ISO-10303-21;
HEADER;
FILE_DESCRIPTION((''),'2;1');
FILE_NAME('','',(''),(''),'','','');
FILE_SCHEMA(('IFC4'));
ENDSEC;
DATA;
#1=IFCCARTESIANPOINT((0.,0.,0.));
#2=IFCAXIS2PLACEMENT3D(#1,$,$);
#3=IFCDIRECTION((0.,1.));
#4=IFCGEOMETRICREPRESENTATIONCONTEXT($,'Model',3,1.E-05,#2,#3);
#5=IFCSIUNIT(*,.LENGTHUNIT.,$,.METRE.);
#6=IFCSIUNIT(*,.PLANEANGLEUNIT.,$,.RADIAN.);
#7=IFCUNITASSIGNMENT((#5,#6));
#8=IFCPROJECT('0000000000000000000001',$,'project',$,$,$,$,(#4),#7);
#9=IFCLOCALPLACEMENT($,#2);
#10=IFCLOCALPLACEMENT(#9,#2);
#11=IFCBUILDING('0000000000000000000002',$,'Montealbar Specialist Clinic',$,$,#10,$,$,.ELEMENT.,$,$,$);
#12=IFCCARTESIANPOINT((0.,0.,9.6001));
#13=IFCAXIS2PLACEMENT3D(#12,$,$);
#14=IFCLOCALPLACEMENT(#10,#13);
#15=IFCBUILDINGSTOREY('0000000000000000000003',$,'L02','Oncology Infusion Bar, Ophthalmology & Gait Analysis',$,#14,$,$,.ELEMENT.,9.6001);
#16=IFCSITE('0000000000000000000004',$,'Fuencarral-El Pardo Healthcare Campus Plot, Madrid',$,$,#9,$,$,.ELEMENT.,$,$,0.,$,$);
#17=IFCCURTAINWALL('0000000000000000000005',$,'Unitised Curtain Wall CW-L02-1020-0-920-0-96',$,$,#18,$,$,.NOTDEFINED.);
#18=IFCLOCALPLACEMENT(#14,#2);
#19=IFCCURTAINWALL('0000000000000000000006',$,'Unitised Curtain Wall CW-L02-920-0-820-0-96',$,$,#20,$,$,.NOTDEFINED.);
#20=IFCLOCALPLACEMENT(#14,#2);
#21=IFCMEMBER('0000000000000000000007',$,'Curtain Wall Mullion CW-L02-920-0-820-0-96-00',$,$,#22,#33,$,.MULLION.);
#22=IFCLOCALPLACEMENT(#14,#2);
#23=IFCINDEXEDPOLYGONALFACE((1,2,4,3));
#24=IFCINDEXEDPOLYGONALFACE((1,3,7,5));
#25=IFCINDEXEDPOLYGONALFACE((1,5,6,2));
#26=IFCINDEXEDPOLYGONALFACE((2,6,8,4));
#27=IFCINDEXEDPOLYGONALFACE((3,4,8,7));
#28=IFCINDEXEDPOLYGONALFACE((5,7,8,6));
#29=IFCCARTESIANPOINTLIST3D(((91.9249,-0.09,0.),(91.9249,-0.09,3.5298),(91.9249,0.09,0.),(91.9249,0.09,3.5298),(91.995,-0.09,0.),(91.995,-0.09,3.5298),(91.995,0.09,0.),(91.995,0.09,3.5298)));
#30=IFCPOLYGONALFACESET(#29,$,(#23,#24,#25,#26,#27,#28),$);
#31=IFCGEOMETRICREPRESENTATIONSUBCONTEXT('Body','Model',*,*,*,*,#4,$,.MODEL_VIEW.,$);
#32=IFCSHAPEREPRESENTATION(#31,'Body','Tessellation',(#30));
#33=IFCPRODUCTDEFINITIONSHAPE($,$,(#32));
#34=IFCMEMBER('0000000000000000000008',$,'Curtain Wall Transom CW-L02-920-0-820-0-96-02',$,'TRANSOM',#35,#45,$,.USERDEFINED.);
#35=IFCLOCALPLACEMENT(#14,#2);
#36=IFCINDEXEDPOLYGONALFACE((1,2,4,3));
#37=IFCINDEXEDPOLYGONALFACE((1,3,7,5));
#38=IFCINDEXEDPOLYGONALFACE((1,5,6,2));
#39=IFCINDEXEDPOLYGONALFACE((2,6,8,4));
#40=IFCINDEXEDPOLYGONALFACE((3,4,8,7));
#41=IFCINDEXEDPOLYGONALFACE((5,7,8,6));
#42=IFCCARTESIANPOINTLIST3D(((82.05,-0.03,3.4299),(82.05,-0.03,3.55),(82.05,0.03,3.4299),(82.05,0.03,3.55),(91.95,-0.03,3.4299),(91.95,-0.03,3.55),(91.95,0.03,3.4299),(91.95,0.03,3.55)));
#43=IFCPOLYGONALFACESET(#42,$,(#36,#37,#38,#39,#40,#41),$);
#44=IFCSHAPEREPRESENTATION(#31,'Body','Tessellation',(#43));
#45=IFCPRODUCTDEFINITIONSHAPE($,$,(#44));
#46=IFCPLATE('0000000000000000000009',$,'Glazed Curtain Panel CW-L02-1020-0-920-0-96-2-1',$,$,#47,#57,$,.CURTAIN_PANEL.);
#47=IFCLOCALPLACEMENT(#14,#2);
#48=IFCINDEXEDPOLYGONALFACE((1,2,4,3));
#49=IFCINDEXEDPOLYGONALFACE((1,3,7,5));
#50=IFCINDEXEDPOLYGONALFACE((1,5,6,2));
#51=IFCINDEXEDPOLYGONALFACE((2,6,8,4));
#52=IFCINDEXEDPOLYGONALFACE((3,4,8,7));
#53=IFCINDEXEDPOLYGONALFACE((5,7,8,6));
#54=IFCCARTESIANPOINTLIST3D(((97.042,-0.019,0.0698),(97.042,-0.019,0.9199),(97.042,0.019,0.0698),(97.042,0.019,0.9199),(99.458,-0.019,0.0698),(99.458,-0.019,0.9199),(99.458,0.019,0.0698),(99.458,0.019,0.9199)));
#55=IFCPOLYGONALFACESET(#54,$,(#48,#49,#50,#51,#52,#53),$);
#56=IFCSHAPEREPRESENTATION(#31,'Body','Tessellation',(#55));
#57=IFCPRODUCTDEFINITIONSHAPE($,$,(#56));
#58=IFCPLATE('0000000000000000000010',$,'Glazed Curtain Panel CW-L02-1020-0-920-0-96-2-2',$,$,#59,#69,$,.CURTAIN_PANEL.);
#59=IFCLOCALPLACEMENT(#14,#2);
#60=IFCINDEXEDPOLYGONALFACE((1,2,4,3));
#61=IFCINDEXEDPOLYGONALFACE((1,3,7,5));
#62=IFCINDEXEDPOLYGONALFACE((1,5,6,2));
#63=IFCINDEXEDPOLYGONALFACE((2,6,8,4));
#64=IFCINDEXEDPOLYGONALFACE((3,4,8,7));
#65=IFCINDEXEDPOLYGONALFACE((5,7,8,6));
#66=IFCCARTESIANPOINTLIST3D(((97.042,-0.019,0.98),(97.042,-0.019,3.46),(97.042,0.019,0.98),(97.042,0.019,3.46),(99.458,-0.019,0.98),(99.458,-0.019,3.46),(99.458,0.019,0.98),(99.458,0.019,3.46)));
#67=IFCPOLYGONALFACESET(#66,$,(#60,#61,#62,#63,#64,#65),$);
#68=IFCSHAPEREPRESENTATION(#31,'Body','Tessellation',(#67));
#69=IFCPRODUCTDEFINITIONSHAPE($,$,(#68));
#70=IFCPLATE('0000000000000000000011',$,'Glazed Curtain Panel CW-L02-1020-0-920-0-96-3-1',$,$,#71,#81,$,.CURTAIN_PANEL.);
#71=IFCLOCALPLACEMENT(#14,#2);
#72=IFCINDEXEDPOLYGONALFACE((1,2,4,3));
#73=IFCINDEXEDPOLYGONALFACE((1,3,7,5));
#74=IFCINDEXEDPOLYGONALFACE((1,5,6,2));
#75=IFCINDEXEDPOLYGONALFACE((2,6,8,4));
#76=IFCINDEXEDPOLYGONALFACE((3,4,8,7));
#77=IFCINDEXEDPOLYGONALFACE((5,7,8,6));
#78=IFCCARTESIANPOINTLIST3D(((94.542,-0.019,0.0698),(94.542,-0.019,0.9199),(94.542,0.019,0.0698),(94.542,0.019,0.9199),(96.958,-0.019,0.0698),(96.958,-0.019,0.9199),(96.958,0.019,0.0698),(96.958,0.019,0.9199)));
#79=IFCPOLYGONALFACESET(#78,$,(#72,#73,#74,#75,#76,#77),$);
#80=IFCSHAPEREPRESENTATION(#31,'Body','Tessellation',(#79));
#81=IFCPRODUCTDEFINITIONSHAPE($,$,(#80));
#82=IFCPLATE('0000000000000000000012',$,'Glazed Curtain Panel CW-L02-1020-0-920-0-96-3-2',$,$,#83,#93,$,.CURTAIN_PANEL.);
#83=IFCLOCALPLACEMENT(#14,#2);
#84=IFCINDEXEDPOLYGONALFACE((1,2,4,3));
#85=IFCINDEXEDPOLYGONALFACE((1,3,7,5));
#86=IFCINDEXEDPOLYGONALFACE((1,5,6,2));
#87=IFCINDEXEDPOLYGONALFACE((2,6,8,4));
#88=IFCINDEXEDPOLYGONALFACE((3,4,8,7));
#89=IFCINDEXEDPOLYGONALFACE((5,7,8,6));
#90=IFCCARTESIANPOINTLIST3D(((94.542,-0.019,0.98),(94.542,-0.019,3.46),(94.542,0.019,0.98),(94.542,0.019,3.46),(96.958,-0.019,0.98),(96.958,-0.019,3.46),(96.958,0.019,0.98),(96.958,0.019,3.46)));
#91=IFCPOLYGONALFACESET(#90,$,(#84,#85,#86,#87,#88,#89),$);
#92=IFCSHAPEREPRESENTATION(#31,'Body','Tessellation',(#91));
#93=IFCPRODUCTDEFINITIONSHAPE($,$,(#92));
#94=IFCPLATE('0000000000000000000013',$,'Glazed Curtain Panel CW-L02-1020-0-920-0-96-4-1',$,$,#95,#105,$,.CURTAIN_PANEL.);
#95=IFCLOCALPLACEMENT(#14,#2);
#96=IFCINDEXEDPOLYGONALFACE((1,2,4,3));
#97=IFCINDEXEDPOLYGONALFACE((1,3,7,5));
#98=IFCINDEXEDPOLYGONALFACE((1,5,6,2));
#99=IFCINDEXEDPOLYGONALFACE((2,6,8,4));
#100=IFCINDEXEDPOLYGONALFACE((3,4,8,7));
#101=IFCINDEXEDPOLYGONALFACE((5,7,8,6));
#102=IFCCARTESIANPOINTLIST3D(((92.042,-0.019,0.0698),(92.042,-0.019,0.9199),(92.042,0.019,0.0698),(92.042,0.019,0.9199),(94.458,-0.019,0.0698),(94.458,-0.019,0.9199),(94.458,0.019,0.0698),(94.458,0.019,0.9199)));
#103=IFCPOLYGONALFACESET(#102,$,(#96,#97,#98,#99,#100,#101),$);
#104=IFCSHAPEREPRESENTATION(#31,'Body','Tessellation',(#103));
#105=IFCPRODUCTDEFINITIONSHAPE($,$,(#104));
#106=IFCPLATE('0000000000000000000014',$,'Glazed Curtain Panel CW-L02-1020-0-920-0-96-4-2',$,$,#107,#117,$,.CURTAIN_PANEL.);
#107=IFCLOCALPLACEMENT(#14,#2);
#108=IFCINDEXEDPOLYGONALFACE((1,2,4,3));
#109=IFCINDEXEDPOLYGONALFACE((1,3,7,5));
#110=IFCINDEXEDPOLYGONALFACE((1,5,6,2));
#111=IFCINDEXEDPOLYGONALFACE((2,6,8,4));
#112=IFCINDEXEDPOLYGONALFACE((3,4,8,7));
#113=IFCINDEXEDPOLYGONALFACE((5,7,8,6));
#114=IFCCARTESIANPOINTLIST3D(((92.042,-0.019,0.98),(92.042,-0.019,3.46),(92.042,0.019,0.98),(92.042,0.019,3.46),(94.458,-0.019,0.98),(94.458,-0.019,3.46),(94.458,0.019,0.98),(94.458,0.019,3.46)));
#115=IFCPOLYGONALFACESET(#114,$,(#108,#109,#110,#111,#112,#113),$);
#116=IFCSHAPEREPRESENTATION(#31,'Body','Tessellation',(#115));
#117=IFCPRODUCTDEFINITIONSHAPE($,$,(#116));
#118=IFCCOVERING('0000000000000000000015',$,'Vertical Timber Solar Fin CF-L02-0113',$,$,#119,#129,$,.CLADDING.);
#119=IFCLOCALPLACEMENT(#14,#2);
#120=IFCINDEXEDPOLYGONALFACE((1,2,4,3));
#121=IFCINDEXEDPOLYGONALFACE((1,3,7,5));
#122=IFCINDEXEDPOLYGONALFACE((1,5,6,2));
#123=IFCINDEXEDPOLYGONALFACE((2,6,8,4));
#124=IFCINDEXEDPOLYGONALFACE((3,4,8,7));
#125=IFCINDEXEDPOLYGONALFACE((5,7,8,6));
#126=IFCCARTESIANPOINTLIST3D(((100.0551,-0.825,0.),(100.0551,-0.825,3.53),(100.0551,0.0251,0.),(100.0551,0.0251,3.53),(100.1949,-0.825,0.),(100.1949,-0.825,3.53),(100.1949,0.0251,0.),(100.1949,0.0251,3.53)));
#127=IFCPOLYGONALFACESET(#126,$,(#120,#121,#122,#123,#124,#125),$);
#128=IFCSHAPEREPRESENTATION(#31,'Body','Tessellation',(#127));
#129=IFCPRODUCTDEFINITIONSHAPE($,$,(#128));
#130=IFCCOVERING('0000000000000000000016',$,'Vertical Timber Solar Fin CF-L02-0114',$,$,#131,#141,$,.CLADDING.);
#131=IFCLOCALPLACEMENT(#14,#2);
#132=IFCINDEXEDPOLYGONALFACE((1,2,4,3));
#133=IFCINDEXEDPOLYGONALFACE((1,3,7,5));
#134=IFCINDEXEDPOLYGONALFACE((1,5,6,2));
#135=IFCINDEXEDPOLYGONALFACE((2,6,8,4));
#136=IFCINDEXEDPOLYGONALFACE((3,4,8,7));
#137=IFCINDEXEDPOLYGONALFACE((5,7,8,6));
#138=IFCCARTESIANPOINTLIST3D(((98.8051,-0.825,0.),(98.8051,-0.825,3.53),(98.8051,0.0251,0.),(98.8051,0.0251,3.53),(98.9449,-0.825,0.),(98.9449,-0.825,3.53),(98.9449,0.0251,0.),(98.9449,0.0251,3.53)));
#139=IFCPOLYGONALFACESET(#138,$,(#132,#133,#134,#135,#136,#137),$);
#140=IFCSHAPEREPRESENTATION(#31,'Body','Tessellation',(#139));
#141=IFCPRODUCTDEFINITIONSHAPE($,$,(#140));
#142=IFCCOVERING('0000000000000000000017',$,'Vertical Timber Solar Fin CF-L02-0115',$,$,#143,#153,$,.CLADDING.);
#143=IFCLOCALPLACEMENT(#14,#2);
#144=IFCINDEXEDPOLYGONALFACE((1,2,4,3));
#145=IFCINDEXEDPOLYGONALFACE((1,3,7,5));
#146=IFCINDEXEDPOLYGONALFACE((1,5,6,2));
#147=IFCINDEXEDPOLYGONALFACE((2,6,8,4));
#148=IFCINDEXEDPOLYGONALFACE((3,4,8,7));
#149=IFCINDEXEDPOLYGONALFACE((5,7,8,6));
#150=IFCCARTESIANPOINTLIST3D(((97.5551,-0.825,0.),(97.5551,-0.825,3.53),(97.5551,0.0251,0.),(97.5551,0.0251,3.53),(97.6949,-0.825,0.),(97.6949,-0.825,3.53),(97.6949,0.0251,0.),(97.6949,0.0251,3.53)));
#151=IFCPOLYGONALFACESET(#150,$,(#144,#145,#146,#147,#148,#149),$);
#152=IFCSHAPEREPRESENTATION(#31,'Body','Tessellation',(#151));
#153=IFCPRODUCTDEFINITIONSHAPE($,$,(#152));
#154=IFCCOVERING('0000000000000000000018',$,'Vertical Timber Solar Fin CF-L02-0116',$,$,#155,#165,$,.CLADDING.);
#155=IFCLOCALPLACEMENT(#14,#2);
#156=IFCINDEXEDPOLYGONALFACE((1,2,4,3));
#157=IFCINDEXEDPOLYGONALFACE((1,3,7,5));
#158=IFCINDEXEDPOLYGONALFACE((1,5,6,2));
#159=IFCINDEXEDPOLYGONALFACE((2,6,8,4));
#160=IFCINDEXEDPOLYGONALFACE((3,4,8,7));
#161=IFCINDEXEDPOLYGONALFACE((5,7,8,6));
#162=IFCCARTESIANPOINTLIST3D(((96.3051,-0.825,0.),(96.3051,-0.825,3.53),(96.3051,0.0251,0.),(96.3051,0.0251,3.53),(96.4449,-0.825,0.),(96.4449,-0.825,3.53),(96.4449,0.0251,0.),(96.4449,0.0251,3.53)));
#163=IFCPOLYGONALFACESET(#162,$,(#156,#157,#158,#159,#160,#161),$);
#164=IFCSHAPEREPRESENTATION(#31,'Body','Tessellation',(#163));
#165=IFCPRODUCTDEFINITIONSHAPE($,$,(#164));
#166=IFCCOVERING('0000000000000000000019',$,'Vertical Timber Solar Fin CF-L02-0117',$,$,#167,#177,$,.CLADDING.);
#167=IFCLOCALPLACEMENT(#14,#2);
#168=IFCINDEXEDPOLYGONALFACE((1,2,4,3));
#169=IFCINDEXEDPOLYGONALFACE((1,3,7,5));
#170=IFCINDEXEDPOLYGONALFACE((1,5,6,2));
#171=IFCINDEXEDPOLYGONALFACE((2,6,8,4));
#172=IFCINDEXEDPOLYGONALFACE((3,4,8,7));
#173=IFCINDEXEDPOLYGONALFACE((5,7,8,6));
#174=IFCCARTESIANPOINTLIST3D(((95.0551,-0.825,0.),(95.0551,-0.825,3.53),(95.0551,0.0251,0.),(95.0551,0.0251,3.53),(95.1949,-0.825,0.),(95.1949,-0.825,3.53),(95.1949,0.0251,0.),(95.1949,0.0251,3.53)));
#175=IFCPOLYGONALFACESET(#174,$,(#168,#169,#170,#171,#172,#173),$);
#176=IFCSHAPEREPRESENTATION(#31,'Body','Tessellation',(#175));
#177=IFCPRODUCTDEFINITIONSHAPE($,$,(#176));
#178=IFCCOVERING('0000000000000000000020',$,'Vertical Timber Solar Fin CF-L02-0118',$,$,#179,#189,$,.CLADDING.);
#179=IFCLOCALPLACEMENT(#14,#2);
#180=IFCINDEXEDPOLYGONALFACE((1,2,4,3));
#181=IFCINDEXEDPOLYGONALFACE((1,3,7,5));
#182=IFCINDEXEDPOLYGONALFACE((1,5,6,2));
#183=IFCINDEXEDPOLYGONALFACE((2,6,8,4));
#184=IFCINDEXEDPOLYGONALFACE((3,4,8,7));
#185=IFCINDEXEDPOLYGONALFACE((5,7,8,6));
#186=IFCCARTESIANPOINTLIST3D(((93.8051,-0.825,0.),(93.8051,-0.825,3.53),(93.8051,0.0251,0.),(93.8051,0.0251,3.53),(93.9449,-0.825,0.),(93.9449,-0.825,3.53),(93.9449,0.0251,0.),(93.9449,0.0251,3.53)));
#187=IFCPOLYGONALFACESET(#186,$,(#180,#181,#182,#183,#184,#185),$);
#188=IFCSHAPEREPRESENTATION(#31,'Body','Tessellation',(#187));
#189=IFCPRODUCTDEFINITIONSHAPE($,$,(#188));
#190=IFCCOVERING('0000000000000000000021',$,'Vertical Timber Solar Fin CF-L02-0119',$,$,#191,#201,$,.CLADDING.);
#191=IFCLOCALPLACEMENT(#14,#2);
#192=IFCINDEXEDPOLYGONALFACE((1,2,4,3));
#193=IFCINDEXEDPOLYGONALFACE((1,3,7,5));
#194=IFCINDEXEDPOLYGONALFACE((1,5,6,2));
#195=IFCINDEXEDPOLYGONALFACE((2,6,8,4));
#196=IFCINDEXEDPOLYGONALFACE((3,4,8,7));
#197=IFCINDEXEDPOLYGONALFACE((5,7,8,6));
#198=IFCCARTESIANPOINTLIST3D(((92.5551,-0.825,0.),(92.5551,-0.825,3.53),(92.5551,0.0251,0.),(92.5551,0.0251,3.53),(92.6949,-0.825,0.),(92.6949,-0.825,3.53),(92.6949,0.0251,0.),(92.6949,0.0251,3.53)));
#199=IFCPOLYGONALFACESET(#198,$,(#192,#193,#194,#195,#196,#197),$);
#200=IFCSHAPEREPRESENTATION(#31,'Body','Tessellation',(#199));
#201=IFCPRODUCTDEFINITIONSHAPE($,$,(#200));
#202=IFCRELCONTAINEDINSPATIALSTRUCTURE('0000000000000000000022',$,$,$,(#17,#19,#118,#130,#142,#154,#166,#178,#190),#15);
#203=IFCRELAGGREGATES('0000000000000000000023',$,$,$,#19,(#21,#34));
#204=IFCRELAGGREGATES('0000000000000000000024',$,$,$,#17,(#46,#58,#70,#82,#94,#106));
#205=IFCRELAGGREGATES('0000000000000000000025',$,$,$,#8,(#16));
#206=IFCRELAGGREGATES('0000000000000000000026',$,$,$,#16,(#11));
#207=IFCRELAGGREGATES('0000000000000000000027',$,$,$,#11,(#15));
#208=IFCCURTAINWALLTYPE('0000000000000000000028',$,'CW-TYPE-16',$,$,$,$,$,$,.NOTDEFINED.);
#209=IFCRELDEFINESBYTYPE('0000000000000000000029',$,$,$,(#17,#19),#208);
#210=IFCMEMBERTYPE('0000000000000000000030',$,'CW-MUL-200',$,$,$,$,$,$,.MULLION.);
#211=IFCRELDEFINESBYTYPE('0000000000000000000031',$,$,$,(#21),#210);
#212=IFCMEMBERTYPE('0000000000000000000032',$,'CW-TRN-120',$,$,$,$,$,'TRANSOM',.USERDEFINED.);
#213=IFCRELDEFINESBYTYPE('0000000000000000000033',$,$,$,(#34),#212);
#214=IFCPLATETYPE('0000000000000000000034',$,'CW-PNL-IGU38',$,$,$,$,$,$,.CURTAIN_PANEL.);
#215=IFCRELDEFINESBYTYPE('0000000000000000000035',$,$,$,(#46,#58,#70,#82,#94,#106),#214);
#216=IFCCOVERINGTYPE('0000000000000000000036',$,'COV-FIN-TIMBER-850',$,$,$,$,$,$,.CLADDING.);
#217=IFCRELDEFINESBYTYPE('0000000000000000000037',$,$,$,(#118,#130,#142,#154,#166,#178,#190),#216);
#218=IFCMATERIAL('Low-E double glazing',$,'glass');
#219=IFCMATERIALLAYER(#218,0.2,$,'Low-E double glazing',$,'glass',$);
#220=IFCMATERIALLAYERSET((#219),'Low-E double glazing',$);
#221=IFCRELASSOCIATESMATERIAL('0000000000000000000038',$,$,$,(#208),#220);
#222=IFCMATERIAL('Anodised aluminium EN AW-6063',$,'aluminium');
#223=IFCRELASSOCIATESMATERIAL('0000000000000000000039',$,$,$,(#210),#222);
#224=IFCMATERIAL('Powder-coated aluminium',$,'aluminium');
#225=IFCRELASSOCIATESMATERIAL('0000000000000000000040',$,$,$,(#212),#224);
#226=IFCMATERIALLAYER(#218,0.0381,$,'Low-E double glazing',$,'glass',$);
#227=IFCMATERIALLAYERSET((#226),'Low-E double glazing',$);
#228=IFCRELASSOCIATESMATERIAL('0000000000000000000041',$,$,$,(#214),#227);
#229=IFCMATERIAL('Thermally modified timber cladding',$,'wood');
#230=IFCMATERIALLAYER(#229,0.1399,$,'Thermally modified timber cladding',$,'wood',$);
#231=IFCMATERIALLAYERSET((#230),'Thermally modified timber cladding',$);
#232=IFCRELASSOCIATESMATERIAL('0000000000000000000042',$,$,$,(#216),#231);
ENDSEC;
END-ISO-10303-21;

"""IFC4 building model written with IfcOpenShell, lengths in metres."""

from ifc_helpers import new_model, si_unit, direction, frame, origin, origin_2d, place, context, subcontext, project, spatial, rectangle, extrude, material, layer, layer_set, material_profile, profile_set, type_object, element, aggregate, save


model = new_model("IFC4")

# Units and contexts
model_context = context("Model", 3, precision=1e-05, world=origin(), true_north=direction((0.0, 1.0)))
body_context = subcontext(model_context, "Body", "Model", "MODEL_VIEW")
ifc_project = project(units=[si_unit("LENGTHUNIT", "METRE"), si_unit("PLANEANGLEUNIT", "RADIAN")], contexts=[model_context])

# Site, building, storey
site_placement = place(None, origin())
site = spatial("IfcSite", under=ifc_project, at=site_placement, Name="Fuencarral-El Pardo Healthcare Campus Plot, Madrid", CompositionType="ELEMENT", RefElevation=0.0)
building_placement = place(site_placement, origin())
building = spatial("IfcBuilding", under=site, at=building_placement, Name="Montealbar Specialist Clinic", CompositionType="ELEMENT")
storey_placement = place(building_placement, frame((0.0, 0.0, 9.6001)))
storey = spatial("IfcBuildingStorey", under=building, at=storey_placement, Name="L02", Description="Oncology Infusion Bar, Ophthalmology & Gait Analysis", CompositionType="ELEMENT", Elevation=9.6001)

# Curtain walls, members
ifc_material_1 = material(Name="Low-E double glazing", Category="glass")
ifc_layer_1 = layer(ifc_material_1, 0.2, Name="Low-E double glazing", Category="glass")
ifc_layer_set_1 = layer_set([ifc_layer_1], Name="Low-E double glazing")
curtain_wall_type = type_object("IfcCurtainWallType", Name="CW-TYPE-16", PredefinedType="NOTDEFINED", material=ifc_layer_set_1)
curtain_wall_1_placement = place(storey_placement, origin())
curtain_wall_1 = element("IfcCurtainWall", 1, at=curtain_wall_1_placement, inside=storey, type_object=curtain_wall_type, Name="Unitised Curtain Wall CW-L02-1020-0-920-0-96", PredefinedType="NOTDEFINED")
ifc_material_2 = material(Name="Anodised aluminium EN AW-6063", Category="aluminium")
ifc_material_profile_1 = material_profile(ifc_material_2, rectangle(XDim=0.0701, YDim=0.1799, at=origin_2d()), Name="ALU 70x180", Category="aluminium")
ifc_profile_set_1 = profile_set([ifc_material_profile_1], Name="Anodised aluminium EN AW-6063")
member_type_1 = type_object("IfcMemberType", Name="CW-MUL-200", PredefinedType="MULLION", material=ifc_profile_set_1)
curtain_wall_2_placement = place(storey_placement, origin())
curtain_wall_2 = element("IfcCurtainWall", 2, at=curtain_wall_2_placement, inside=storey, type_object=curtain_wall_type, Name="Unitised Curtain Wall CW-L02-920-0-820-0-96", PredefinedType="NOTDEFINED")
member_1_placement = place(storey_placement, frame((91.96, 0.0, 0.0), z_axis=(0.0, 0.0, 1.0), x_axis=(-1.0, 0.0, 0.0)))
member_1 = element("IfcMember", 3, at=member_1_placement, type_object=member_type_1, Name="Curtain Wall Mullion CW-L02-920-0-820-0-96-00", PredefinedType="MULLION", context=body_context, shape_type="SweptSolid", body=[
    extrude(rectangle(XDim=0.0701, YDim=0.1799, at=origin_2d()), origin(), (0.0, 0.0, 1.0), 3.5298),
])
ifc_material_3 = material(Name="Powder-coated aluminium", Category="aluminium")
ifc_material_profile_2 = material_profile(ifc_material_3, rectangle(XDim=0.0601, YDim=0.1201, at=origin_2d()), Name="ALU 60x120", Category="aluminium")
ifc_profile_set_2 = profile_set([ifc_material_profile_2], Name="Powder-coated aluminium")
member_type_2 = type_object("IfcMemberType", Name="CW-TRN-120", ElementType="TRANSOM", PredefinedType="USERDEFINED", material=ifc_profile_set_2)
member_2_placement = place(storey_placement, frame((91.95, 0.0, 3.49), z_axis=(-1.0, 0.0, 0.0), x_axis=(0.0, -1.0, 0.0)))
member_2 = element("IfcMember", 4, at=member_2_placement, type_object=member_type_2, Name="Curtain Wall Transom CW-L02-920-0-820-0-96-02", ObjectType="TRANSOM", PredefinedType="USERDEFINED", context=body_context, shape_type="SweptSolid", body=[
    extrude(rectangle(XDim=0.0601, YDim=0.1201, at=origin_2d()), origin(), (0.0, 0.0, 1.0), 9.8999),
])
aggregate(curtain_wall_2, [member_1, member_2])

# Plates
ifc_layer_2 = layer(ifc_material_1, 0.0381, Name="Low-E double glazing", Category="glass")
ifc_layer_set_2 = layer_set([ifc_layer_2], Name="Low-E double glazing")
plate_type = type_object("IfcPlateType", Name="CW-PNL-IGU38", PredefinedType="CURTAIN_PANEL", material=ifc_layer_set_2)
plate_1_placement = place(storey_placement, frame((98.25, 0.0, 0.0698), z_axis=(0.0, 0.0, 1.0), x_axis=(-1.0, 0.0, 0.0)))
plate_1 = element("IfcPlate", 5, at=plate_1_placement, type_object=plate_type, Name="Glazed Curtain Panel CW-L02-1020-0-920-0-96-2-1", PredefinedType="CURTAIN_PANEL", context=body_context, shape_type="SweptSolid", body=[
    extrude(rectangle(XDim=2.416, YDim=0.0381, at=origin_2d()), origin(), (0.0, 0.0, 1.0), 0.8501),
])
plate_2_placement = place(storey_placement, frame((98.25, 0.0, 0.98), z_axis=(0.0, 0.0, 1.0), x_axis=(-1.0, 0.0, 0.0)))
plate_2 = element("IfcPlate", 6, at=plate_2_placement, type_object=plate_type, Name="Glazed Curtain Panel CW-L02-1020-0-920-0-96-2-2", PredefinedType="CURTAIN_PANEL", context=body_context, shape_type="SweptSolid", body=[
    extrude(rectangle(XDim=2.416, YDim=0.0381, at=origin_2d()), origin(), (0.0, 0.0, 1.0), 2.48),
])
plate_3_placement = place(storey_placement, frame((95.75, 0.0, 0.0698), z_axis=(0.0, 0.0, 1.0), x_axis=(-1.0, 0.0, 0.0)))
plate_3 = element("IfcPlate", 7, at=plate_3_placement, type_object=plate_type, Name="Glazed Curtain Panel CW-L02-1020-0-920-0-96-3-1", PredefinedType="CURTAIN_PANEL", context=body_context, shape_type="SweptSolid", body=[
    extrude(rectangle(XDim=2.416, YDim=0.0381, at=origin_2d()), origin(), (0.0, 0.0, 1.0), 0.8501),
])
plate_4_placement = place(storey_placement, frame((95.75, 0.0, 0.98), z_axis=(0.0, 0.0, 1.0), x_axis=(-1.0, 0.0, 0.0)))
plate_4 = element("IfcPlate", 8, at=plate_4_placement, type_object=plate_type, Name="Glazed Curtain Panel CW-L02-1020-0-920-0-96-3-2", PredefinedType="CURTAIN_PANEL", context=body_context, shape_type="SweptSolid", body=[
    extrude(rectangle(XDim=2.416, YDim=0.0381, at=origin_2d()), origin(), (0.0, 0.0, 1.0), 2.48),
])
plate_5_placement = place(storey_placement, frame((93.25, 0.0, 0.0698), z_axis=(0.0, 0.0, 1.0), x_axis=(-1.0, 0.0, 0.0)))
plate_5 = element("IfcPlate", 9, at=plate_5_placement, type_object=plate_type, Name="Glazed Curtain Panel CW-L02-1020-0-920-0-96-4-1", PredefinedType="CURTAIN_PANEL", context=body_context, shape_type="SweptSolid", body=[
    extrude(rectangle(XDim=2.416, YDim=0.0381, at=origin_2d()), origin(), (0.0, 0.0, 1.0), 0.8501),
])
plate_6_placement = place(storey_placement, frame((93.25, 0.0, 0.98), z_axis=(0.0, 0.0, 1.0), x_axis=(-1.0, 0.0, 0.0)))
plate_6 = element("IfcPlate", 10, at=plate_6_placement, type_object=plate_type, Name="Glazed Curtain Panel CW-L02-1020-0-920-0-96-4-2", PredefinedType="CURTAIN_PANEL", context=body_context, shape_type="SweptSolid", body=[
    extrude(rectangle(XDim=2.416, YDim=0.0381, at=origin_2d()), origin(), (0.0, 0.0, 1.0), 2.48),
])
aggregate(curtain_wall_1, [plate_1, plate_2, plate_3, plate_4, plate_5, plate_6])

# Coverings
ifc_material_4 = material(Name="Thermally modified timber cladding", Category="wood")
ifc_layer_3 = layer(ifc_material_4, 0.1399, Name="Thermally modified timber cladding", Category="wood")
ifc_layer_set_3 = layer_set([ifc_layer_3], Name="Thermally modified timber cladding")
covering_type = type_object("IfcCoveringType", Name="COV-FIN-TIMBER-850", PredefinedType="CLADDING", material=ifc_layer_set_3)
for number, where, z_axis, x_axis, name in (
    (11, (100.125, -0.3999, 0.0), (0.0, 0.0, 1.0), (0.0, -1.0, 0.0), "Vertical Timber Solar Fin CF-L02-0113"),
    (12, (98.875, -0.3999, 0.0), (0.0, 0.0, 1.0), (0.0, -1.0, 0.0), "Vertical Timber Solar Fin CF-L02-0114"),
    (13, (97.625, -0.3999, 0.0), (0.0, 0.0, 1.0), (0.0, -1.0, 0.0), "Vertical Timber Solar Fin CF-L02-0115"),
    (14, (96.375, -0.3999, 0.0), (0.0, 0.0, 1.0), (0.0, -1.0, 0.0), "Vertical Timber Solar Fin CF-L02-0116"),
    (15, (95.125, -0.3999, 0.0), (0.0, 0.0, 1.0), (0.0, -1.0, 0.0), "Vertical Timber Solar Fin CF-L02-0117"),
    (16, (93.875, -0.3999, 0.0), (0.0, 0.0, 1.0), (0.0, -1.0, 0.0), "Vertical Timber Solar Fin CF-L02-0118"),
    (17, (92.625, -0.3999, 0.0), (0.0, 0.0, 1.0), (0.0, -1.0, 0.0), "Vertical Timber Solar Fin CF-L02-0119"),
):
    element("IfcCovering", number, at=place(storey_placement, frame(where, z_axis=z_axis, x_axis=x_axis)), inside=storey, type_object=covering_type, Name=name, PredefinedType="CLADDING", context=body_context, shape_type="SweptSolid", body=[
        extrude(rectangle(XDim=0.8501, YDim=0.1399, at=origin_2d()), origin(), (0.0, 0.0, 1.0), 3.53),
    ])

save(model, "model.ifc")
